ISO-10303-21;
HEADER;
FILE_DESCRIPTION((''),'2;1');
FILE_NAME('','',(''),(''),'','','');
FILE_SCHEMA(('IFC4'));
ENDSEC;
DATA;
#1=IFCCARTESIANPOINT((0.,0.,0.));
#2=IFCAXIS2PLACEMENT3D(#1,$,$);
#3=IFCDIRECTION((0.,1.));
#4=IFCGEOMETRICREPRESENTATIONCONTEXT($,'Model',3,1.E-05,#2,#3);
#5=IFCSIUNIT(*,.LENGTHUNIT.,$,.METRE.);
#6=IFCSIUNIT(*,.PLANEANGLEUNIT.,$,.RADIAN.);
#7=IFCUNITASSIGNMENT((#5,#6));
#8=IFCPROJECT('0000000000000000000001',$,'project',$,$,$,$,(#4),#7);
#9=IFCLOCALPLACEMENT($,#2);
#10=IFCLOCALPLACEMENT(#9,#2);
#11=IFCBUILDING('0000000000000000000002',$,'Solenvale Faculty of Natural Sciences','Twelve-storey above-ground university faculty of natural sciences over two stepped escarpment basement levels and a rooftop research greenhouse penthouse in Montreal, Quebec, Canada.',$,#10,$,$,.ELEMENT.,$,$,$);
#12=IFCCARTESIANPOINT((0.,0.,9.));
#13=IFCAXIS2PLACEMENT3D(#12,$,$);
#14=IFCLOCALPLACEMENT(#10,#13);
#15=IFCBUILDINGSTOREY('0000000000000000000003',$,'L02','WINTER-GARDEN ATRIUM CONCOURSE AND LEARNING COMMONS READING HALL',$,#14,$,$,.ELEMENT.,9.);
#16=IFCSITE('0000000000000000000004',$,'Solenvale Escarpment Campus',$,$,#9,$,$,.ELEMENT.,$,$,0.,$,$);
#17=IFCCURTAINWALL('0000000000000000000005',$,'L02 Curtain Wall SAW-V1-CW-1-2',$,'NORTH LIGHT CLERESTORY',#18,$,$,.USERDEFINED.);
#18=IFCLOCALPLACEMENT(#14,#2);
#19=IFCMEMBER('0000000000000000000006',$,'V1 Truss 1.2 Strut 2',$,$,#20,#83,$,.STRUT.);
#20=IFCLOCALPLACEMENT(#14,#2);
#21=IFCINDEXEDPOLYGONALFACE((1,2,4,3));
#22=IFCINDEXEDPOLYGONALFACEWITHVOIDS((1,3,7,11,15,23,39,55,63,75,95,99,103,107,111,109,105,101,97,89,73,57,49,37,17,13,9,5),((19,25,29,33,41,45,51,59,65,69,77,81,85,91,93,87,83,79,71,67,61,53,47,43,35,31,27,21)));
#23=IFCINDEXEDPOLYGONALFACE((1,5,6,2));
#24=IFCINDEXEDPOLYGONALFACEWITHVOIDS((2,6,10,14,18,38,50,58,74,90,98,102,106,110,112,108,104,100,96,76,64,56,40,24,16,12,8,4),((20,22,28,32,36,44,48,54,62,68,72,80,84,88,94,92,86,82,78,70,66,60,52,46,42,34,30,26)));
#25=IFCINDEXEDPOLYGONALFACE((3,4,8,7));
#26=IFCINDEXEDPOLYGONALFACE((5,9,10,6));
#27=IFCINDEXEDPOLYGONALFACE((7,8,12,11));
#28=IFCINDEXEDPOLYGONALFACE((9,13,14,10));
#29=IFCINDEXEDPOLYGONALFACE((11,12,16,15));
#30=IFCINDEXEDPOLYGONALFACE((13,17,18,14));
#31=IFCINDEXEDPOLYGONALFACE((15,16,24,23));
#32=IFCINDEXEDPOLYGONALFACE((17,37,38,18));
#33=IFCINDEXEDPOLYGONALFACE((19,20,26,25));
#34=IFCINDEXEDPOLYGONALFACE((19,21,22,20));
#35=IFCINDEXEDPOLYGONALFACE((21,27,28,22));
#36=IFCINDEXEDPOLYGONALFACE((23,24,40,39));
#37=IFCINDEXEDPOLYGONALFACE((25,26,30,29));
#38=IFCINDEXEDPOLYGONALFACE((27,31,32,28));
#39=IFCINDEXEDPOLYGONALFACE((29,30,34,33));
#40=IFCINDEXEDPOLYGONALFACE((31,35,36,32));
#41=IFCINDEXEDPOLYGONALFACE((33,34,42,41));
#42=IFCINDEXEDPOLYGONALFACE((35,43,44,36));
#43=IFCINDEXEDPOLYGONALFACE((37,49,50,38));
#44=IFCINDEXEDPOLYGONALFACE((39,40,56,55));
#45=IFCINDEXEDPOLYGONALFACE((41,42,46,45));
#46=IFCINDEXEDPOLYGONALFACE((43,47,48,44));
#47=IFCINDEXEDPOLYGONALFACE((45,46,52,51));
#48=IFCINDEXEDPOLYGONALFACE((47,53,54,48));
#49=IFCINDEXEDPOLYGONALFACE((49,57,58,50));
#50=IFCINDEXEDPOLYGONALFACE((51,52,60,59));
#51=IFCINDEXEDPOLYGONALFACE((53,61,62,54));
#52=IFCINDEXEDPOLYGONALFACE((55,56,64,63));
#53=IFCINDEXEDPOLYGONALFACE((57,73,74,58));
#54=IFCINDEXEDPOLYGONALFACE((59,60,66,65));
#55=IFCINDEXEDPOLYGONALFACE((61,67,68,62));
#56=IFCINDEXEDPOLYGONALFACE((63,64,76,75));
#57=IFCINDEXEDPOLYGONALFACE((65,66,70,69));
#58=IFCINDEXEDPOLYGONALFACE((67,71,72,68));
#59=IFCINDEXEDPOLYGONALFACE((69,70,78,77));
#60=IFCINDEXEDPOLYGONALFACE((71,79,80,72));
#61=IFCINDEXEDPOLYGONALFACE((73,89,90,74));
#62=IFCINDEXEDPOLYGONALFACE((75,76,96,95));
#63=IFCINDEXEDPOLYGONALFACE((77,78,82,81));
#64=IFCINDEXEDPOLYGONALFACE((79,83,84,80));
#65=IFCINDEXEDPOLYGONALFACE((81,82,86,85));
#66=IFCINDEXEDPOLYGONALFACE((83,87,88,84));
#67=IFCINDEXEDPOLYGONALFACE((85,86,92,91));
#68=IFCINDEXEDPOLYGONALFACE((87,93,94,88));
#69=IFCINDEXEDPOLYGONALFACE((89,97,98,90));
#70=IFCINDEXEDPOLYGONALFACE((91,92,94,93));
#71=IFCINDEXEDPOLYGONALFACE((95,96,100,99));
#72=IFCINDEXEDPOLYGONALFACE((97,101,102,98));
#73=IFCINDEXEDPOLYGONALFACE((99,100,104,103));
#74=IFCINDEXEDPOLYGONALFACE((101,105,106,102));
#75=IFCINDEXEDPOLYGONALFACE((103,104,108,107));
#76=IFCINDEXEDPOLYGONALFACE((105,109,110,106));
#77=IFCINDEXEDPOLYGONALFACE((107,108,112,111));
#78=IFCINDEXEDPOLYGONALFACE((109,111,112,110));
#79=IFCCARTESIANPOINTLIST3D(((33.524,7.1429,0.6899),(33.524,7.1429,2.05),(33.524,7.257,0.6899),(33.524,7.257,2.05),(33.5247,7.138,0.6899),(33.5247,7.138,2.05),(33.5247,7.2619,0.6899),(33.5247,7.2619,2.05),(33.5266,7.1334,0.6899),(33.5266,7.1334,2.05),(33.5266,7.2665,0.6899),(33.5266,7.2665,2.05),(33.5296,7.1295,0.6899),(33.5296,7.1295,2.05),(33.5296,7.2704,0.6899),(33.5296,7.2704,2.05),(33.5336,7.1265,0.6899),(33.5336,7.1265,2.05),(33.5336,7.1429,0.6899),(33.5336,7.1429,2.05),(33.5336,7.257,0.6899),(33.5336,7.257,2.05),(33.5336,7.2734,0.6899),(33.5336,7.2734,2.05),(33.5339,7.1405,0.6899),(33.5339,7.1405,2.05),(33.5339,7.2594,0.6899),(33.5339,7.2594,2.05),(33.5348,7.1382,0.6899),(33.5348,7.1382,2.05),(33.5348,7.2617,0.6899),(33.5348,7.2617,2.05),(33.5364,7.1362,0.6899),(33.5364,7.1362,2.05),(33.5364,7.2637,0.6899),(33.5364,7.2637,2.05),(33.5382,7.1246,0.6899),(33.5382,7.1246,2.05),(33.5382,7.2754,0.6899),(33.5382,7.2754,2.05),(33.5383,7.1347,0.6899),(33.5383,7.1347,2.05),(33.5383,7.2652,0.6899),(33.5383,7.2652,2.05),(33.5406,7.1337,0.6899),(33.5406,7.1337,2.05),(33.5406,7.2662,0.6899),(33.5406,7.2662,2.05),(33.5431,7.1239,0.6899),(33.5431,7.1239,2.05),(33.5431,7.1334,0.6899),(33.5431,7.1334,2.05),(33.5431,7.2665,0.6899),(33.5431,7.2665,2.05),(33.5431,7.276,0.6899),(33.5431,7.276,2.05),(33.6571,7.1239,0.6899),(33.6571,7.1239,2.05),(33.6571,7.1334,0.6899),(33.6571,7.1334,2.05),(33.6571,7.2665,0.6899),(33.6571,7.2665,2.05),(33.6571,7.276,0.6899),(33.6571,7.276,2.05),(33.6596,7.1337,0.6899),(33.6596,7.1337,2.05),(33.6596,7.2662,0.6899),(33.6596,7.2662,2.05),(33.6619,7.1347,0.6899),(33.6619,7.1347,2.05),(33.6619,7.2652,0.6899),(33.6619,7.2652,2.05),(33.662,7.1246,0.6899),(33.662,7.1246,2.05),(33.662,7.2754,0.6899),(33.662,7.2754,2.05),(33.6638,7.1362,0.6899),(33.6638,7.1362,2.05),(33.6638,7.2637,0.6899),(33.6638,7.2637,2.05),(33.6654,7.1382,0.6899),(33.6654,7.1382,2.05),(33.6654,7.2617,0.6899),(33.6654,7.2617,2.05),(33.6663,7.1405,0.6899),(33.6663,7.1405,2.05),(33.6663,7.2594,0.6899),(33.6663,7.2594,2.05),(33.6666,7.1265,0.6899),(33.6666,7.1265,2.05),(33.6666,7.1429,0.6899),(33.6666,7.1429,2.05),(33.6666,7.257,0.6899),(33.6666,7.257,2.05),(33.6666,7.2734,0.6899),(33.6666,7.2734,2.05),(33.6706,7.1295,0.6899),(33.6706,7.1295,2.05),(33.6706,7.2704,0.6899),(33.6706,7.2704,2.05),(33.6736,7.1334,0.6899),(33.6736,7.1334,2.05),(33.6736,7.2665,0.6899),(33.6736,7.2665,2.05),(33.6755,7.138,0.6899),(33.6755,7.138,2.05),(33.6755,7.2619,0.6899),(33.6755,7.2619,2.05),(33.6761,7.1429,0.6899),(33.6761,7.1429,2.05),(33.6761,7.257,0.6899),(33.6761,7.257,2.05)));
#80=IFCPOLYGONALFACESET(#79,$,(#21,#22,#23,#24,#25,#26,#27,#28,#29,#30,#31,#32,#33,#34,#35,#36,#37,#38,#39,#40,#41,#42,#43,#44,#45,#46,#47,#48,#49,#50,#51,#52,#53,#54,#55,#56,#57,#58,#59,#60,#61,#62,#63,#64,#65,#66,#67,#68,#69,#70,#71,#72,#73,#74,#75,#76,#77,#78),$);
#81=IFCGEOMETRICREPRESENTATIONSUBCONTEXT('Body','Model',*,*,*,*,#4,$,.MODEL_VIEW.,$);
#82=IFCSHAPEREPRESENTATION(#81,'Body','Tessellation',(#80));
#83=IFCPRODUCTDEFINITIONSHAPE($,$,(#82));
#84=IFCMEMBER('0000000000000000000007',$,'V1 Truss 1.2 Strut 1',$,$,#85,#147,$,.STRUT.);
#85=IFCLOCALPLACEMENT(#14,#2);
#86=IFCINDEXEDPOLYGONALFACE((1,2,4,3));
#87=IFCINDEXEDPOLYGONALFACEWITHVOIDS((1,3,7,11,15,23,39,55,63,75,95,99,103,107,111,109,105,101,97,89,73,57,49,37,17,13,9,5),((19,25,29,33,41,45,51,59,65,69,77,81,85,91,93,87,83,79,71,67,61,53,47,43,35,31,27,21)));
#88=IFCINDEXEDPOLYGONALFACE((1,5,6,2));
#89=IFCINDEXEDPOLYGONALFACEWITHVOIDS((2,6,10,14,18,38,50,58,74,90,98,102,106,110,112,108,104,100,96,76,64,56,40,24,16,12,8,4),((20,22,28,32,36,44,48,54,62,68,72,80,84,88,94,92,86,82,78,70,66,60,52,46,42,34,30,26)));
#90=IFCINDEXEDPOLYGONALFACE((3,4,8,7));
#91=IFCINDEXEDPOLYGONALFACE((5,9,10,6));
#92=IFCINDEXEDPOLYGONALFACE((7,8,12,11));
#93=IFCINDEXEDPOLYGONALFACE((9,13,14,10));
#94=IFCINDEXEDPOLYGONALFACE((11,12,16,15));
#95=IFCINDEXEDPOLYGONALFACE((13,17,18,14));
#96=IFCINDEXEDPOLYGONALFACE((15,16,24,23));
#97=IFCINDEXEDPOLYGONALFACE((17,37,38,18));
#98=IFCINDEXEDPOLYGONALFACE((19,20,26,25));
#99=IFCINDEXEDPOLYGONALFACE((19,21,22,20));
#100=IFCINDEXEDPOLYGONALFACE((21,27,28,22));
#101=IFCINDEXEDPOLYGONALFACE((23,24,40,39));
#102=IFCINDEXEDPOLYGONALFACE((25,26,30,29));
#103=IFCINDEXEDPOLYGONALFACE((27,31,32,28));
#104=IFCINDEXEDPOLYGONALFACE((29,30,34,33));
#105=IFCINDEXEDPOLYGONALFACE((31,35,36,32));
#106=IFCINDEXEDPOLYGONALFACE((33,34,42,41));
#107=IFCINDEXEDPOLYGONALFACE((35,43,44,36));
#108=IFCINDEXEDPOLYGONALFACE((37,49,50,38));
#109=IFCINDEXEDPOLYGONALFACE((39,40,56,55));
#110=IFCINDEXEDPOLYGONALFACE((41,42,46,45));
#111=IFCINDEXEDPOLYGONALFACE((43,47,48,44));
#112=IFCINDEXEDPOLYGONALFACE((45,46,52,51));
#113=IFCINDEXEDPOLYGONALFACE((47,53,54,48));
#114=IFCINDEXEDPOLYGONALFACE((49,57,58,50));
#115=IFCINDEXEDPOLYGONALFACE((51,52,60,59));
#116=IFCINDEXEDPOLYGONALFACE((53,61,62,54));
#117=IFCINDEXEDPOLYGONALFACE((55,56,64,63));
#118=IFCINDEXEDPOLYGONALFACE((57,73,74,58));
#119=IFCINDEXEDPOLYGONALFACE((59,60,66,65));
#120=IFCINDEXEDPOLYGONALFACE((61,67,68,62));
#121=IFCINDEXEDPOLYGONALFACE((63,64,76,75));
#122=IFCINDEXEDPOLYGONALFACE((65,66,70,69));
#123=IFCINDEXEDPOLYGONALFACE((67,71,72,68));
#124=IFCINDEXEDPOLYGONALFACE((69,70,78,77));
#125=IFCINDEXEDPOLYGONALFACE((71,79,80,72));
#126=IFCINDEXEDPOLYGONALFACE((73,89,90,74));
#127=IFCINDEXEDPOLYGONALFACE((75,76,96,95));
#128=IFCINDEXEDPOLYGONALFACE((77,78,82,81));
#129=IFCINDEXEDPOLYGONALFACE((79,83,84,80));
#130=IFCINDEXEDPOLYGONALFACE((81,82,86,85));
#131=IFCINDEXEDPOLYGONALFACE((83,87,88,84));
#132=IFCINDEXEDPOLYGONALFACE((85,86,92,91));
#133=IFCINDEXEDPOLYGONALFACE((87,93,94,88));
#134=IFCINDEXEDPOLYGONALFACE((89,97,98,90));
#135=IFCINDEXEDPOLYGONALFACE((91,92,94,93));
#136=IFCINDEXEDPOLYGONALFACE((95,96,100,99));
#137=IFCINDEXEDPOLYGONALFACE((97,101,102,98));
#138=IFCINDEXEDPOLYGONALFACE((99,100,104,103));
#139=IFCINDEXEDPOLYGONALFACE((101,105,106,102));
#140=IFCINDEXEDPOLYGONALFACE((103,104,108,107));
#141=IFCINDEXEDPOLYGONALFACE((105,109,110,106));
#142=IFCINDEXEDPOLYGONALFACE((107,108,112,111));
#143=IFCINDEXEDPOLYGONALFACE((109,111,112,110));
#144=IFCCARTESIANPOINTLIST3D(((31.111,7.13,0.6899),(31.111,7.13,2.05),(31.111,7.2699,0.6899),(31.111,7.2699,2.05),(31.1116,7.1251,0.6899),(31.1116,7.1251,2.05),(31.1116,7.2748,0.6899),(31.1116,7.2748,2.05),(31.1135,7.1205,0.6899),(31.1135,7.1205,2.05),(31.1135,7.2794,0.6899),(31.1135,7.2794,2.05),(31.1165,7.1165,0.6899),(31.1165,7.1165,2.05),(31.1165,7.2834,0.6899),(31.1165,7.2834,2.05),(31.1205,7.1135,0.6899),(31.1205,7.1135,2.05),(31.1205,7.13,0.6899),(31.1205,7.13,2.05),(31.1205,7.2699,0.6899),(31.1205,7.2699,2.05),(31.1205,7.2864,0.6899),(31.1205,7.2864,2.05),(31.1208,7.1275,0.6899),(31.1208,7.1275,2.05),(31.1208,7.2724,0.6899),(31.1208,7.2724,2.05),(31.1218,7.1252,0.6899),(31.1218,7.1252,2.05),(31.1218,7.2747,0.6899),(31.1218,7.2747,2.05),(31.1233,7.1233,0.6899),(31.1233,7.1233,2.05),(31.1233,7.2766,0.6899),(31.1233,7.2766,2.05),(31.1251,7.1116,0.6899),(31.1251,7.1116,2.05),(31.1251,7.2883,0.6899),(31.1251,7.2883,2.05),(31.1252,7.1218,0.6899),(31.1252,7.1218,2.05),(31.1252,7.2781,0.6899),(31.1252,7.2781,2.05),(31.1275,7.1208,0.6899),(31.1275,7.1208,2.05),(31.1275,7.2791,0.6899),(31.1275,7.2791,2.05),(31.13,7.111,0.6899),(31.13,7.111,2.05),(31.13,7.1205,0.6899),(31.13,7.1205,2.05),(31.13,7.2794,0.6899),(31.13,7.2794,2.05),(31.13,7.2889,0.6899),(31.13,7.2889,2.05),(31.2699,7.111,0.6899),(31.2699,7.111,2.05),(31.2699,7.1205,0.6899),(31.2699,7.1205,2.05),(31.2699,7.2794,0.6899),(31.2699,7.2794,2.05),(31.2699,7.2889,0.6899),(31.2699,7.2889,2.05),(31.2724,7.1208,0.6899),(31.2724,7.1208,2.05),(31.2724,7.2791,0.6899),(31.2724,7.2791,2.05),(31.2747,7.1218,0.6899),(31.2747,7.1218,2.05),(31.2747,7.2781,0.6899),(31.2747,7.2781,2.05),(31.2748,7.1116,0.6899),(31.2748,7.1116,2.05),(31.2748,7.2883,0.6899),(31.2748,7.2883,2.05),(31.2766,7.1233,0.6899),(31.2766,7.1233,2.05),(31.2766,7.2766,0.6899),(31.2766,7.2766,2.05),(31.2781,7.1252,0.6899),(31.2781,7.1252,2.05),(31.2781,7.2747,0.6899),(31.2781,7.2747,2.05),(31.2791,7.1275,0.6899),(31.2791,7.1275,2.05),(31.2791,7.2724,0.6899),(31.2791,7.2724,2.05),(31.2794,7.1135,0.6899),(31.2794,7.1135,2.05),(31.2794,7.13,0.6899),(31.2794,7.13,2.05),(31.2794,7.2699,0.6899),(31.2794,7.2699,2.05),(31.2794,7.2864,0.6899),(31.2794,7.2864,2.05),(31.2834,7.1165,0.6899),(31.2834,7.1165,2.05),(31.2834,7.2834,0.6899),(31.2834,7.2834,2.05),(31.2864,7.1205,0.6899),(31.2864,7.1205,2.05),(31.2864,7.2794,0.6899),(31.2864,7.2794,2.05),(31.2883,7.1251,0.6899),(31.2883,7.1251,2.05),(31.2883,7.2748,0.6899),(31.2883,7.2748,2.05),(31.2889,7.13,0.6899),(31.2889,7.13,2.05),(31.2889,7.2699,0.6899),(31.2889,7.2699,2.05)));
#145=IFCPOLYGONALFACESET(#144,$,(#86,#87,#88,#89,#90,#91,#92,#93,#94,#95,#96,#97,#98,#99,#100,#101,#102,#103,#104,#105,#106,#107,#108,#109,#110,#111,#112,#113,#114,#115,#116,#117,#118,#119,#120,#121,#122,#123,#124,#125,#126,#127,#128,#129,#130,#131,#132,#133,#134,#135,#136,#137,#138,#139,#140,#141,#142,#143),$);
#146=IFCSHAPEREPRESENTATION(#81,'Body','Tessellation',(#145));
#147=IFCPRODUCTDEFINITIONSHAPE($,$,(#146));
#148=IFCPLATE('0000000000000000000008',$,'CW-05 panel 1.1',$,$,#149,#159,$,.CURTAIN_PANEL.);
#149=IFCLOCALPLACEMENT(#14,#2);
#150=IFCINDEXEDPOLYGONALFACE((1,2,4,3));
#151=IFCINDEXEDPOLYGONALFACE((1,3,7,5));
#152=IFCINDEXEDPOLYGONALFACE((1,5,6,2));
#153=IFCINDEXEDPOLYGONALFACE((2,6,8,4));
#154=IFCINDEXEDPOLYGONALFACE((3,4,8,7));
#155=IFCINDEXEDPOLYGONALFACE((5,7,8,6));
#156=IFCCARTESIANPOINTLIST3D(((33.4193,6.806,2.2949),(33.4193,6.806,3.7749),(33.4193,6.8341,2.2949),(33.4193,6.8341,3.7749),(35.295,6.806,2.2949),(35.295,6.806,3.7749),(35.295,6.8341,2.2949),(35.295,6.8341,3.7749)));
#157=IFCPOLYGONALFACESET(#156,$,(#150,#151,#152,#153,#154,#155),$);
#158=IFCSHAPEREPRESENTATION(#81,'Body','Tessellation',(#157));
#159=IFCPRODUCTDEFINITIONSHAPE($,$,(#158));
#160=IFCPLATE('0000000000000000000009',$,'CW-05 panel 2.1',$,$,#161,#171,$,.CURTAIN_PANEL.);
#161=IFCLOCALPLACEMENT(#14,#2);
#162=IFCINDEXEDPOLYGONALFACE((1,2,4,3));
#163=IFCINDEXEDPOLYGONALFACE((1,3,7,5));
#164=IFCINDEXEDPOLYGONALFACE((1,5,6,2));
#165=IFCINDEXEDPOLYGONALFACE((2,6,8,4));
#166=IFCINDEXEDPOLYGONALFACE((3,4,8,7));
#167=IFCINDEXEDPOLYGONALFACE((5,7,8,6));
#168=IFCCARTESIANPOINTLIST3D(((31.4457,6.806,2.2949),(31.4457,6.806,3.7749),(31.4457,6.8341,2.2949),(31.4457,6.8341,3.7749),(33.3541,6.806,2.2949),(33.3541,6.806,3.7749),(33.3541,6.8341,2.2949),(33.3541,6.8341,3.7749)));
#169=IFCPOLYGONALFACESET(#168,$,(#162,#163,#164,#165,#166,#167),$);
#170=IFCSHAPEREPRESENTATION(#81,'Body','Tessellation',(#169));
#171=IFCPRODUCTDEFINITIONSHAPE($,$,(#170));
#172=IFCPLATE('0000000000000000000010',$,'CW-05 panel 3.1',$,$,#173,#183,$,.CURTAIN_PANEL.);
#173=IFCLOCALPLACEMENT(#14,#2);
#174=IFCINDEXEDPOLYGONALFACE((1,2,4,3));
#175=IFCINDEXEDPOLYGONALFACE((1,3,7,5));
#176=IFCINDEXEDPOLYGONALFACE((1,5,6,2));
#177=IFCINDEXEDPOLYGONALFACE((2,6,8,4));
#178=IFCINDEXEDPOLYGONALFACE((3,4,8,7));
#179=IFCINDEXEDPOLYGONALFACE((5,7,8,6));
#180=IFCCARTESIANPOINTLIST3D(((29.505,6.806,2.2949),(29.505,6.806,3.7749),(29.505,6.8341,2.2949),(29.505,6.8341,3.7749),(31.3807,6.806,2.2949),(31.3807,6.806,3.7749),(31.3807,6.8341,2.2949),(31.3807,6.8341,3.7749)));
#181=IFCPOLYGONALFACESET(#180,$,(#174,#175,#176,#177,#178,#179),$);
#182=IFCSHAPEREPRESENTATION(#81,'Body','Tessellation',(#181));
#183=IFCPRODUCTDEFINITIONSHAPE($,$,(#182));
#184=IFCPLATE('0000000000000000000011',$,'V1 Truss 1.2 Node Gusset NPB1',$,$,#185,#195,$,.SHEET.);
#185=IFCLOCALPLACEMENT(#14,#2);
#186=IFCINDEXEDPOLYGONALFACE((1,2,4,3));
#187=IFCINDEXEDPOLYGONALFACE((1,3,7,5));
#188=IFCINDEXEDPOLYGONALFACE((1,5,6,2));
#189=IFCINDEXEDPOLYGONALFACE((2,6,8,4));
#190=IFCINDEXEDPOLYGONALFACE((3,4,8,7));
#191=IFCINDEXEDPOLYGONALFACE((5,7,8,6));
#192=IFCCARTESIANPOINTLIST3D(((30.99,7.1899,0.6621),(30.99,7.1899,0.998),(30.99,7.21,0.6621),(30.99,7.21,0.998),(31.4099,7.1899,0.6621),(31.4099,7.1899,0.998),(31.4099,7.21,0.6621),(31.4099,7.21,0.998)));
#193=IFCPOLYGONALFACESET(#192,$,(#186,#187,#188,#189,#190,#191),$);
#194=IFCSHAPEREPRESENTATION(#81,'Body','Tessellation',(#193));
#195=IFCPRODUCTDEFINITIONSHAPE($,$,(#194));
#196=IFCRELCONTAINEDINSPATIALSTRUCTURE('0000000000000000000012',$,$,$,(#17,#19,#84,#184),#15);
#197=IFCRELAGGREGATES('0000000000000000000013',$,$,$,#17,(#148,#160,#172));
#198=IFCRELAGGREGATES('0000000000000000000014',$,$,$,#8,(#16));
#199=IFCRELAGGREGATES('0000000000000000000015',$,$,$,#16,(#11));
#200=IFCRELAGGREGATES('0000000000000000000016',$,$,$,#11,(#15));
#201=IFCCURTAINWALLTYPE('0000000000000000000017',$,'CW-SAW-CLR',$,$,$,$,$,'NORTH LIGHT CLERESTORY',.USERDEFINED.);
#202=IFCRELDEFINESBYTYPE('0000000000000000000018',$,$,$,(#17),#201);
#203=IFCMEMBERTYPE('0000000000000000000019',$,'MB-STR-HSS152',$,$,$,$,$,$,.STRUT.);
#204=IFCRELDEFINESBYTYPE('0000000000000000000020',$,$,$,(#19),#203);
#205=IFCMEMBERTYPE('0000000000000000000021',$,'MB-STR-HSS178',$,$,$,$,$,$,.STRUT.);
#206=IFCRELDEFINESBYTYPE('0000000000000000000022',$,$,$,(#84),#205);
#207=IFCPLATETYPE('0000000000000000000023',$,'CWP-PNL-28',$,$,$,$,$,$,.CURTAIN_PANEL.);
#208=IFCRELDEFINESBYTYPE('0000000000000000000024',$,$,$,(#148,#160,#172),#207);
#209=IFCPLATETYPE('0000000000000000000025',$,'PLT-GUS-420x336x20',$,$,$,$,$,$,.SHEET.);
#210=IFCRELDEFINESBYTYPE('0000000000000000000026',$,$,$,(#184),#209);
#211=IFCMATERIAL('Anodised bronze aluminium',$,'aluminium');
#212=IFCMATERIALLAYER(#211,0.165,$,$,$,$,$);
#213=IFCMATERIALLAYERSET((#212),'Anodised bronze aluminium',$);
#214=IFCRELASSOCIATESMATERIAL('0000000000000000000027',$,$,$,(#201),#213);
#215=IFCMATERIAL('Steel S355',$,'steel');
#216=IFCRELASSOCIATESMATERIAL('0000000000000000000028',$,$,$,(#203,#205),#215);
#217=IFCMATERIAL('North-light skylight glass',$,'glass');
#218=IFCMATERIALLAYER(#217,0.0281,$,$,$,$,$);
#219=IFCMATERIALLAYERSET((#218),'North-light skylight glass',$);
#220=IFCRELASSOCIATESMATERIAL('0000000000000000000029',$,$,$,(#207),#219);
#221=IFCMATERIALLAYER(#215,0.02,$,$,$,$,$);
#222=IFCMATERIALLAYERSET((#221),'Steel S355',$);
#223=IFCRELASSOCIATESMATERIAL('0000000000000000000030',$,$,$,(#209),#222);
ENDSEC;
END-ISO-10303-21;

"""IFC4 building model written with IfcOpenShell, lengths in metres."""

from ifc_helpers import new_model, si_unit, direction, frame, origin, origin_2d, place, context, subcontext, project, spatial, rectangle, hollow_rectangle, extrude, material, layer, layer_set, material_profile, profile_set, type_object, element, aggregate, save


model = new_model("IFC4")

# Units and contexts
model_context = context("Model", 3, precision=1e-05, world=origin(), true_north=direction((0.0, 1.0)))
body_context = subcontext(model_context, "Body", "Model", "MODEL_VIEW")
ifc_project = project(units=[si_unit("LENGTHUNIT", "METRE"), si_unit("PLANEANGLEUNIT", "RADIAN")], contexts=[model_context])

# Site, building, storey
site_placement = place(None, origin())
site = spatial("IfcSite", under=ifc_project, at=site_placement, Name="Solenvale Escarpment Campus", CompositionType="ELEMENT", RefElevation=0.0)
building_placement = place(site_placement, origin())
building = spatial("IfcBuilding", under=site, at=building_placement, Name="Solenvale Faculty of Natural Sciences", Description="Twelve-storey above-ground university faculty of natural sciences over two stepped escarpment basement levels and a rooftop research greenhouse penthouse in Montreal, Quebec, Canada.", CompositionType="ELEMENT")
storey_placement = place(building_placement, frame((0.0, 0.0, 9.0)))
storey = spatial("IfcBuildingStorey", under=building, at=storey_placement, Name="L02", Description="WINTER-GARDEN ATRIUM CONCOURSE AND LEARNING COMMONS READING HALL", CompositionType="ELEMENT", Elevation=9.0)

# Shared definitions
ifc_material_1 = material(Name="Steel S355", Category="steel")

# Curtain wall
ifc_material_2 = material(Name="Anodised bronze aluminium", Category="aluminium")
ifc_layer_1 = layer(ifc_material_2, 0.165)
ifc_layer_set_1 = layer_set([ifc_layer_1], Name="Anodised bronze aluminium")
curtain_wall_type = type_object("IfcCurtainWallType", Name="CW-SAW-CLR", ElementType="NORTH LIGHT CLERESTORY", PredefinedType="USERDEFINED", material=ifc_layer_set_1)
curtain_wall_placement = place(storey_placement, origin())
curtain_wall = element("IfcCurtainWall", 1, at=curtain_wall_placement, inside=storey, type_object=curtain_wall_type, Name="L02 Curtain Wall SAW-V1-CW-1-2", ObjectType="NORTH LIGHT CLERESTORY", PredefinedType="USERDEFINED")

# Members
ifc_material_profile_1 = material_profile(ifc_material_1, hollow_rectangle(XDim=0.1521, YDim=0.1521, WallThickness=0.0095, InnerFilletRadius=0.0095, OuterFilletRadius=0.019, at=origin_2d()), Name="HSS152x152x9.5")
ifc_profile_set_1 = profile_set([ifc_material_profile_1], Name="Steel S355")
member_type_1 = type_object("IfcMemberType", Name="MB-STR-HSS152", PredefinedType="STRUT", material=ifc_profile_set_1)
member_1_placement = place(storey_placement, frame((33.6001, 7.2, 0.6899), z_axis=(0.0, 0.0, 1.0), x_axis=(1.0, 0.0, 0.0)))
element("IfcMember", 2, at=member_1_placement, inside=storey, type_object=member_type_1, Name="V1 Truss 1.2 Strut 2", PredefinedType="STRUT", context=body_context, shape_type="SweptSolid", body=[
    extrude(hollow_rectangle(XDim=0.1521, YDim=0.1521, WallThickness=0.0095, InnerFilletRadius=0.0095, OuterFilletRadius=0.019, at=origin_2d()), origin(), (0.0, 0.0, 1.0), 1.3601),
])
ifc_material_profile_2 = material_profile(ifc_material_1, hollow_rectangle(XDim=0.178, YDim=0.178, WallThickness=0.0095, InnerFilletRadius=0.0095, OuterFilletRadius=0.019, at=origin_2d()), Name="HSS178x178x9.5")
ifc_profile_set_2 = profile_set([ifc_material_profile_2], Name="Steel S355")
member_type_2 = type_object("IfcMemberType", Name="MB-STR-HSS178", PredefinedType="STRUT", material=ifc_profile_set_2)
member_2_placement = place(storey_placement, frame((31.2, 7.2, 0.6899), z_axis=(0.0, 0.0, 1.0), x_axis=(1.0, 0.0, 0.0)))
element("IfcMember", 3, at=member_2_placement, inside=storey, type_object=member_type_2, Name="V1 Truss 1.2 Strut 1", PredefinedType="STRUT", context=body_context, shape_type="SweptSolid", body=[
    extrude(hollow_rectangle(XDim=0.178, YDim=0.178, WallThickness=0.0095, InnerFilletRadius=0.0095, OuterFilletRadius=0.019, at=origin_2d()), origin(), (0.0, 0.0, 1.0), 1.3601),
])

# Plates
ifc_material_3 = material(Name="North-light skylight glass", Category="glass")
ifc_layer_2 = layer(ifc_material_3, 0.0281)
ifc_layer_set_2 = layer_set([ifc_layer_2], Name="North-light skylight glass")
plate_type_1 = type_object("IfcPlateType", Name="CWP-PNL-28", PredefinedType="CURTAIN_PANEL", material=ifc_layer_set_2)
plate_1_placement = place(storey_placement, frame((34.3572, 6.8201, 2.2949), z_axis=(0.0, 0.0, 1.0), x_axis=(-1.0, 0.0, 0.0)))
plate_1 = element("IfcPlate", 4, at=plate_1_placement, type_object=plate_type_1, Name="CW-05 panel 1.1", PredefinedType="CURTAIN_PANEL", context=body_context, shape_type="SweptSolid", body=[
    extrude(rectangle(XDim=1.8757, YDim=0.0281, at=origin_2d()), origin(), (0.0, 0.0, 1.0), 1.48),
])
plate_2_placement = place(storey_placement, frame((32.3999, 6.8201, 2.2949), z_axis=(0.0, 0.0, 1.0), x_axis=(-1.0, 0.0, 0.0)))
plate_2 = element("IfcPlate", 5, at=plate_2_placement, type_object=plate_type_1, Name="CW-05 panel 2.1", PredefinedType="CURTAIN_PANEL", context=body_context, shape_type="SweptSolid", body=[
    extrude(rectangle(XDim=1.9084, YDim=0.0281, at=origin_2d()), origin(), (0.0, 0.0, 1.0), 1.48),
])
plate_3_placement = place(storey_placement, frame((30.4429, 6.8201, 2.2949), z_axis=(0.0, 0.0, 1.0), x_axis=(-1.0, 0.0, 0.0)))
plate_3 = element("IfcPlate", 6, at=plate_3_placement, type_object=plate_type_1, Name="CW-05 panel 3.1", PredefinedType="CURTAIN_PANEL", context=body_context, shape_type="SweptSolid", body=[
    extrude(rectangle(XDim=1.8757, YDim=0.0281, at=origin_2d()), origin(), (0.0, 0.0, 1.0), 1.48),
])
aggregate(curtain_wall, [plate_1, plate_2, plate_3])

# Plate
ifc_layer_3 = layer(ifc_material_1, 0.02)
ifc_layer_set_3 = layer_set([ifc_layer_3], Name="Steel S355")
plate_type_2 = type_object("IfcPlateType", Name="PLT-GUS-420x336x20", PredefinedType="SHEET", material=ifc_layer_set_3)
plate_4_placement = place(storey_placement, frame((31.2, 7.2, 0.6621), z_axis=(0.0, 0.0, 1.0), x_axis=(1.0, 0.0, 0.0)))
element("IfcPlate", 7, at=plate_4_placement, inside=storey, type_object=plate_type_2, Name="V1 Truss 1.2 Node Gusset NPB1", PredefinedType="SHEET", context=body_context, shape_type="SweptSolid", body=[
    extrude(rectangle(XDim=0.4199, YDim=0.02, at=origin_2d()), origin(), (0.0, 0.0, 1.0), 0.3359),
])

save(model, "model.ifc")
